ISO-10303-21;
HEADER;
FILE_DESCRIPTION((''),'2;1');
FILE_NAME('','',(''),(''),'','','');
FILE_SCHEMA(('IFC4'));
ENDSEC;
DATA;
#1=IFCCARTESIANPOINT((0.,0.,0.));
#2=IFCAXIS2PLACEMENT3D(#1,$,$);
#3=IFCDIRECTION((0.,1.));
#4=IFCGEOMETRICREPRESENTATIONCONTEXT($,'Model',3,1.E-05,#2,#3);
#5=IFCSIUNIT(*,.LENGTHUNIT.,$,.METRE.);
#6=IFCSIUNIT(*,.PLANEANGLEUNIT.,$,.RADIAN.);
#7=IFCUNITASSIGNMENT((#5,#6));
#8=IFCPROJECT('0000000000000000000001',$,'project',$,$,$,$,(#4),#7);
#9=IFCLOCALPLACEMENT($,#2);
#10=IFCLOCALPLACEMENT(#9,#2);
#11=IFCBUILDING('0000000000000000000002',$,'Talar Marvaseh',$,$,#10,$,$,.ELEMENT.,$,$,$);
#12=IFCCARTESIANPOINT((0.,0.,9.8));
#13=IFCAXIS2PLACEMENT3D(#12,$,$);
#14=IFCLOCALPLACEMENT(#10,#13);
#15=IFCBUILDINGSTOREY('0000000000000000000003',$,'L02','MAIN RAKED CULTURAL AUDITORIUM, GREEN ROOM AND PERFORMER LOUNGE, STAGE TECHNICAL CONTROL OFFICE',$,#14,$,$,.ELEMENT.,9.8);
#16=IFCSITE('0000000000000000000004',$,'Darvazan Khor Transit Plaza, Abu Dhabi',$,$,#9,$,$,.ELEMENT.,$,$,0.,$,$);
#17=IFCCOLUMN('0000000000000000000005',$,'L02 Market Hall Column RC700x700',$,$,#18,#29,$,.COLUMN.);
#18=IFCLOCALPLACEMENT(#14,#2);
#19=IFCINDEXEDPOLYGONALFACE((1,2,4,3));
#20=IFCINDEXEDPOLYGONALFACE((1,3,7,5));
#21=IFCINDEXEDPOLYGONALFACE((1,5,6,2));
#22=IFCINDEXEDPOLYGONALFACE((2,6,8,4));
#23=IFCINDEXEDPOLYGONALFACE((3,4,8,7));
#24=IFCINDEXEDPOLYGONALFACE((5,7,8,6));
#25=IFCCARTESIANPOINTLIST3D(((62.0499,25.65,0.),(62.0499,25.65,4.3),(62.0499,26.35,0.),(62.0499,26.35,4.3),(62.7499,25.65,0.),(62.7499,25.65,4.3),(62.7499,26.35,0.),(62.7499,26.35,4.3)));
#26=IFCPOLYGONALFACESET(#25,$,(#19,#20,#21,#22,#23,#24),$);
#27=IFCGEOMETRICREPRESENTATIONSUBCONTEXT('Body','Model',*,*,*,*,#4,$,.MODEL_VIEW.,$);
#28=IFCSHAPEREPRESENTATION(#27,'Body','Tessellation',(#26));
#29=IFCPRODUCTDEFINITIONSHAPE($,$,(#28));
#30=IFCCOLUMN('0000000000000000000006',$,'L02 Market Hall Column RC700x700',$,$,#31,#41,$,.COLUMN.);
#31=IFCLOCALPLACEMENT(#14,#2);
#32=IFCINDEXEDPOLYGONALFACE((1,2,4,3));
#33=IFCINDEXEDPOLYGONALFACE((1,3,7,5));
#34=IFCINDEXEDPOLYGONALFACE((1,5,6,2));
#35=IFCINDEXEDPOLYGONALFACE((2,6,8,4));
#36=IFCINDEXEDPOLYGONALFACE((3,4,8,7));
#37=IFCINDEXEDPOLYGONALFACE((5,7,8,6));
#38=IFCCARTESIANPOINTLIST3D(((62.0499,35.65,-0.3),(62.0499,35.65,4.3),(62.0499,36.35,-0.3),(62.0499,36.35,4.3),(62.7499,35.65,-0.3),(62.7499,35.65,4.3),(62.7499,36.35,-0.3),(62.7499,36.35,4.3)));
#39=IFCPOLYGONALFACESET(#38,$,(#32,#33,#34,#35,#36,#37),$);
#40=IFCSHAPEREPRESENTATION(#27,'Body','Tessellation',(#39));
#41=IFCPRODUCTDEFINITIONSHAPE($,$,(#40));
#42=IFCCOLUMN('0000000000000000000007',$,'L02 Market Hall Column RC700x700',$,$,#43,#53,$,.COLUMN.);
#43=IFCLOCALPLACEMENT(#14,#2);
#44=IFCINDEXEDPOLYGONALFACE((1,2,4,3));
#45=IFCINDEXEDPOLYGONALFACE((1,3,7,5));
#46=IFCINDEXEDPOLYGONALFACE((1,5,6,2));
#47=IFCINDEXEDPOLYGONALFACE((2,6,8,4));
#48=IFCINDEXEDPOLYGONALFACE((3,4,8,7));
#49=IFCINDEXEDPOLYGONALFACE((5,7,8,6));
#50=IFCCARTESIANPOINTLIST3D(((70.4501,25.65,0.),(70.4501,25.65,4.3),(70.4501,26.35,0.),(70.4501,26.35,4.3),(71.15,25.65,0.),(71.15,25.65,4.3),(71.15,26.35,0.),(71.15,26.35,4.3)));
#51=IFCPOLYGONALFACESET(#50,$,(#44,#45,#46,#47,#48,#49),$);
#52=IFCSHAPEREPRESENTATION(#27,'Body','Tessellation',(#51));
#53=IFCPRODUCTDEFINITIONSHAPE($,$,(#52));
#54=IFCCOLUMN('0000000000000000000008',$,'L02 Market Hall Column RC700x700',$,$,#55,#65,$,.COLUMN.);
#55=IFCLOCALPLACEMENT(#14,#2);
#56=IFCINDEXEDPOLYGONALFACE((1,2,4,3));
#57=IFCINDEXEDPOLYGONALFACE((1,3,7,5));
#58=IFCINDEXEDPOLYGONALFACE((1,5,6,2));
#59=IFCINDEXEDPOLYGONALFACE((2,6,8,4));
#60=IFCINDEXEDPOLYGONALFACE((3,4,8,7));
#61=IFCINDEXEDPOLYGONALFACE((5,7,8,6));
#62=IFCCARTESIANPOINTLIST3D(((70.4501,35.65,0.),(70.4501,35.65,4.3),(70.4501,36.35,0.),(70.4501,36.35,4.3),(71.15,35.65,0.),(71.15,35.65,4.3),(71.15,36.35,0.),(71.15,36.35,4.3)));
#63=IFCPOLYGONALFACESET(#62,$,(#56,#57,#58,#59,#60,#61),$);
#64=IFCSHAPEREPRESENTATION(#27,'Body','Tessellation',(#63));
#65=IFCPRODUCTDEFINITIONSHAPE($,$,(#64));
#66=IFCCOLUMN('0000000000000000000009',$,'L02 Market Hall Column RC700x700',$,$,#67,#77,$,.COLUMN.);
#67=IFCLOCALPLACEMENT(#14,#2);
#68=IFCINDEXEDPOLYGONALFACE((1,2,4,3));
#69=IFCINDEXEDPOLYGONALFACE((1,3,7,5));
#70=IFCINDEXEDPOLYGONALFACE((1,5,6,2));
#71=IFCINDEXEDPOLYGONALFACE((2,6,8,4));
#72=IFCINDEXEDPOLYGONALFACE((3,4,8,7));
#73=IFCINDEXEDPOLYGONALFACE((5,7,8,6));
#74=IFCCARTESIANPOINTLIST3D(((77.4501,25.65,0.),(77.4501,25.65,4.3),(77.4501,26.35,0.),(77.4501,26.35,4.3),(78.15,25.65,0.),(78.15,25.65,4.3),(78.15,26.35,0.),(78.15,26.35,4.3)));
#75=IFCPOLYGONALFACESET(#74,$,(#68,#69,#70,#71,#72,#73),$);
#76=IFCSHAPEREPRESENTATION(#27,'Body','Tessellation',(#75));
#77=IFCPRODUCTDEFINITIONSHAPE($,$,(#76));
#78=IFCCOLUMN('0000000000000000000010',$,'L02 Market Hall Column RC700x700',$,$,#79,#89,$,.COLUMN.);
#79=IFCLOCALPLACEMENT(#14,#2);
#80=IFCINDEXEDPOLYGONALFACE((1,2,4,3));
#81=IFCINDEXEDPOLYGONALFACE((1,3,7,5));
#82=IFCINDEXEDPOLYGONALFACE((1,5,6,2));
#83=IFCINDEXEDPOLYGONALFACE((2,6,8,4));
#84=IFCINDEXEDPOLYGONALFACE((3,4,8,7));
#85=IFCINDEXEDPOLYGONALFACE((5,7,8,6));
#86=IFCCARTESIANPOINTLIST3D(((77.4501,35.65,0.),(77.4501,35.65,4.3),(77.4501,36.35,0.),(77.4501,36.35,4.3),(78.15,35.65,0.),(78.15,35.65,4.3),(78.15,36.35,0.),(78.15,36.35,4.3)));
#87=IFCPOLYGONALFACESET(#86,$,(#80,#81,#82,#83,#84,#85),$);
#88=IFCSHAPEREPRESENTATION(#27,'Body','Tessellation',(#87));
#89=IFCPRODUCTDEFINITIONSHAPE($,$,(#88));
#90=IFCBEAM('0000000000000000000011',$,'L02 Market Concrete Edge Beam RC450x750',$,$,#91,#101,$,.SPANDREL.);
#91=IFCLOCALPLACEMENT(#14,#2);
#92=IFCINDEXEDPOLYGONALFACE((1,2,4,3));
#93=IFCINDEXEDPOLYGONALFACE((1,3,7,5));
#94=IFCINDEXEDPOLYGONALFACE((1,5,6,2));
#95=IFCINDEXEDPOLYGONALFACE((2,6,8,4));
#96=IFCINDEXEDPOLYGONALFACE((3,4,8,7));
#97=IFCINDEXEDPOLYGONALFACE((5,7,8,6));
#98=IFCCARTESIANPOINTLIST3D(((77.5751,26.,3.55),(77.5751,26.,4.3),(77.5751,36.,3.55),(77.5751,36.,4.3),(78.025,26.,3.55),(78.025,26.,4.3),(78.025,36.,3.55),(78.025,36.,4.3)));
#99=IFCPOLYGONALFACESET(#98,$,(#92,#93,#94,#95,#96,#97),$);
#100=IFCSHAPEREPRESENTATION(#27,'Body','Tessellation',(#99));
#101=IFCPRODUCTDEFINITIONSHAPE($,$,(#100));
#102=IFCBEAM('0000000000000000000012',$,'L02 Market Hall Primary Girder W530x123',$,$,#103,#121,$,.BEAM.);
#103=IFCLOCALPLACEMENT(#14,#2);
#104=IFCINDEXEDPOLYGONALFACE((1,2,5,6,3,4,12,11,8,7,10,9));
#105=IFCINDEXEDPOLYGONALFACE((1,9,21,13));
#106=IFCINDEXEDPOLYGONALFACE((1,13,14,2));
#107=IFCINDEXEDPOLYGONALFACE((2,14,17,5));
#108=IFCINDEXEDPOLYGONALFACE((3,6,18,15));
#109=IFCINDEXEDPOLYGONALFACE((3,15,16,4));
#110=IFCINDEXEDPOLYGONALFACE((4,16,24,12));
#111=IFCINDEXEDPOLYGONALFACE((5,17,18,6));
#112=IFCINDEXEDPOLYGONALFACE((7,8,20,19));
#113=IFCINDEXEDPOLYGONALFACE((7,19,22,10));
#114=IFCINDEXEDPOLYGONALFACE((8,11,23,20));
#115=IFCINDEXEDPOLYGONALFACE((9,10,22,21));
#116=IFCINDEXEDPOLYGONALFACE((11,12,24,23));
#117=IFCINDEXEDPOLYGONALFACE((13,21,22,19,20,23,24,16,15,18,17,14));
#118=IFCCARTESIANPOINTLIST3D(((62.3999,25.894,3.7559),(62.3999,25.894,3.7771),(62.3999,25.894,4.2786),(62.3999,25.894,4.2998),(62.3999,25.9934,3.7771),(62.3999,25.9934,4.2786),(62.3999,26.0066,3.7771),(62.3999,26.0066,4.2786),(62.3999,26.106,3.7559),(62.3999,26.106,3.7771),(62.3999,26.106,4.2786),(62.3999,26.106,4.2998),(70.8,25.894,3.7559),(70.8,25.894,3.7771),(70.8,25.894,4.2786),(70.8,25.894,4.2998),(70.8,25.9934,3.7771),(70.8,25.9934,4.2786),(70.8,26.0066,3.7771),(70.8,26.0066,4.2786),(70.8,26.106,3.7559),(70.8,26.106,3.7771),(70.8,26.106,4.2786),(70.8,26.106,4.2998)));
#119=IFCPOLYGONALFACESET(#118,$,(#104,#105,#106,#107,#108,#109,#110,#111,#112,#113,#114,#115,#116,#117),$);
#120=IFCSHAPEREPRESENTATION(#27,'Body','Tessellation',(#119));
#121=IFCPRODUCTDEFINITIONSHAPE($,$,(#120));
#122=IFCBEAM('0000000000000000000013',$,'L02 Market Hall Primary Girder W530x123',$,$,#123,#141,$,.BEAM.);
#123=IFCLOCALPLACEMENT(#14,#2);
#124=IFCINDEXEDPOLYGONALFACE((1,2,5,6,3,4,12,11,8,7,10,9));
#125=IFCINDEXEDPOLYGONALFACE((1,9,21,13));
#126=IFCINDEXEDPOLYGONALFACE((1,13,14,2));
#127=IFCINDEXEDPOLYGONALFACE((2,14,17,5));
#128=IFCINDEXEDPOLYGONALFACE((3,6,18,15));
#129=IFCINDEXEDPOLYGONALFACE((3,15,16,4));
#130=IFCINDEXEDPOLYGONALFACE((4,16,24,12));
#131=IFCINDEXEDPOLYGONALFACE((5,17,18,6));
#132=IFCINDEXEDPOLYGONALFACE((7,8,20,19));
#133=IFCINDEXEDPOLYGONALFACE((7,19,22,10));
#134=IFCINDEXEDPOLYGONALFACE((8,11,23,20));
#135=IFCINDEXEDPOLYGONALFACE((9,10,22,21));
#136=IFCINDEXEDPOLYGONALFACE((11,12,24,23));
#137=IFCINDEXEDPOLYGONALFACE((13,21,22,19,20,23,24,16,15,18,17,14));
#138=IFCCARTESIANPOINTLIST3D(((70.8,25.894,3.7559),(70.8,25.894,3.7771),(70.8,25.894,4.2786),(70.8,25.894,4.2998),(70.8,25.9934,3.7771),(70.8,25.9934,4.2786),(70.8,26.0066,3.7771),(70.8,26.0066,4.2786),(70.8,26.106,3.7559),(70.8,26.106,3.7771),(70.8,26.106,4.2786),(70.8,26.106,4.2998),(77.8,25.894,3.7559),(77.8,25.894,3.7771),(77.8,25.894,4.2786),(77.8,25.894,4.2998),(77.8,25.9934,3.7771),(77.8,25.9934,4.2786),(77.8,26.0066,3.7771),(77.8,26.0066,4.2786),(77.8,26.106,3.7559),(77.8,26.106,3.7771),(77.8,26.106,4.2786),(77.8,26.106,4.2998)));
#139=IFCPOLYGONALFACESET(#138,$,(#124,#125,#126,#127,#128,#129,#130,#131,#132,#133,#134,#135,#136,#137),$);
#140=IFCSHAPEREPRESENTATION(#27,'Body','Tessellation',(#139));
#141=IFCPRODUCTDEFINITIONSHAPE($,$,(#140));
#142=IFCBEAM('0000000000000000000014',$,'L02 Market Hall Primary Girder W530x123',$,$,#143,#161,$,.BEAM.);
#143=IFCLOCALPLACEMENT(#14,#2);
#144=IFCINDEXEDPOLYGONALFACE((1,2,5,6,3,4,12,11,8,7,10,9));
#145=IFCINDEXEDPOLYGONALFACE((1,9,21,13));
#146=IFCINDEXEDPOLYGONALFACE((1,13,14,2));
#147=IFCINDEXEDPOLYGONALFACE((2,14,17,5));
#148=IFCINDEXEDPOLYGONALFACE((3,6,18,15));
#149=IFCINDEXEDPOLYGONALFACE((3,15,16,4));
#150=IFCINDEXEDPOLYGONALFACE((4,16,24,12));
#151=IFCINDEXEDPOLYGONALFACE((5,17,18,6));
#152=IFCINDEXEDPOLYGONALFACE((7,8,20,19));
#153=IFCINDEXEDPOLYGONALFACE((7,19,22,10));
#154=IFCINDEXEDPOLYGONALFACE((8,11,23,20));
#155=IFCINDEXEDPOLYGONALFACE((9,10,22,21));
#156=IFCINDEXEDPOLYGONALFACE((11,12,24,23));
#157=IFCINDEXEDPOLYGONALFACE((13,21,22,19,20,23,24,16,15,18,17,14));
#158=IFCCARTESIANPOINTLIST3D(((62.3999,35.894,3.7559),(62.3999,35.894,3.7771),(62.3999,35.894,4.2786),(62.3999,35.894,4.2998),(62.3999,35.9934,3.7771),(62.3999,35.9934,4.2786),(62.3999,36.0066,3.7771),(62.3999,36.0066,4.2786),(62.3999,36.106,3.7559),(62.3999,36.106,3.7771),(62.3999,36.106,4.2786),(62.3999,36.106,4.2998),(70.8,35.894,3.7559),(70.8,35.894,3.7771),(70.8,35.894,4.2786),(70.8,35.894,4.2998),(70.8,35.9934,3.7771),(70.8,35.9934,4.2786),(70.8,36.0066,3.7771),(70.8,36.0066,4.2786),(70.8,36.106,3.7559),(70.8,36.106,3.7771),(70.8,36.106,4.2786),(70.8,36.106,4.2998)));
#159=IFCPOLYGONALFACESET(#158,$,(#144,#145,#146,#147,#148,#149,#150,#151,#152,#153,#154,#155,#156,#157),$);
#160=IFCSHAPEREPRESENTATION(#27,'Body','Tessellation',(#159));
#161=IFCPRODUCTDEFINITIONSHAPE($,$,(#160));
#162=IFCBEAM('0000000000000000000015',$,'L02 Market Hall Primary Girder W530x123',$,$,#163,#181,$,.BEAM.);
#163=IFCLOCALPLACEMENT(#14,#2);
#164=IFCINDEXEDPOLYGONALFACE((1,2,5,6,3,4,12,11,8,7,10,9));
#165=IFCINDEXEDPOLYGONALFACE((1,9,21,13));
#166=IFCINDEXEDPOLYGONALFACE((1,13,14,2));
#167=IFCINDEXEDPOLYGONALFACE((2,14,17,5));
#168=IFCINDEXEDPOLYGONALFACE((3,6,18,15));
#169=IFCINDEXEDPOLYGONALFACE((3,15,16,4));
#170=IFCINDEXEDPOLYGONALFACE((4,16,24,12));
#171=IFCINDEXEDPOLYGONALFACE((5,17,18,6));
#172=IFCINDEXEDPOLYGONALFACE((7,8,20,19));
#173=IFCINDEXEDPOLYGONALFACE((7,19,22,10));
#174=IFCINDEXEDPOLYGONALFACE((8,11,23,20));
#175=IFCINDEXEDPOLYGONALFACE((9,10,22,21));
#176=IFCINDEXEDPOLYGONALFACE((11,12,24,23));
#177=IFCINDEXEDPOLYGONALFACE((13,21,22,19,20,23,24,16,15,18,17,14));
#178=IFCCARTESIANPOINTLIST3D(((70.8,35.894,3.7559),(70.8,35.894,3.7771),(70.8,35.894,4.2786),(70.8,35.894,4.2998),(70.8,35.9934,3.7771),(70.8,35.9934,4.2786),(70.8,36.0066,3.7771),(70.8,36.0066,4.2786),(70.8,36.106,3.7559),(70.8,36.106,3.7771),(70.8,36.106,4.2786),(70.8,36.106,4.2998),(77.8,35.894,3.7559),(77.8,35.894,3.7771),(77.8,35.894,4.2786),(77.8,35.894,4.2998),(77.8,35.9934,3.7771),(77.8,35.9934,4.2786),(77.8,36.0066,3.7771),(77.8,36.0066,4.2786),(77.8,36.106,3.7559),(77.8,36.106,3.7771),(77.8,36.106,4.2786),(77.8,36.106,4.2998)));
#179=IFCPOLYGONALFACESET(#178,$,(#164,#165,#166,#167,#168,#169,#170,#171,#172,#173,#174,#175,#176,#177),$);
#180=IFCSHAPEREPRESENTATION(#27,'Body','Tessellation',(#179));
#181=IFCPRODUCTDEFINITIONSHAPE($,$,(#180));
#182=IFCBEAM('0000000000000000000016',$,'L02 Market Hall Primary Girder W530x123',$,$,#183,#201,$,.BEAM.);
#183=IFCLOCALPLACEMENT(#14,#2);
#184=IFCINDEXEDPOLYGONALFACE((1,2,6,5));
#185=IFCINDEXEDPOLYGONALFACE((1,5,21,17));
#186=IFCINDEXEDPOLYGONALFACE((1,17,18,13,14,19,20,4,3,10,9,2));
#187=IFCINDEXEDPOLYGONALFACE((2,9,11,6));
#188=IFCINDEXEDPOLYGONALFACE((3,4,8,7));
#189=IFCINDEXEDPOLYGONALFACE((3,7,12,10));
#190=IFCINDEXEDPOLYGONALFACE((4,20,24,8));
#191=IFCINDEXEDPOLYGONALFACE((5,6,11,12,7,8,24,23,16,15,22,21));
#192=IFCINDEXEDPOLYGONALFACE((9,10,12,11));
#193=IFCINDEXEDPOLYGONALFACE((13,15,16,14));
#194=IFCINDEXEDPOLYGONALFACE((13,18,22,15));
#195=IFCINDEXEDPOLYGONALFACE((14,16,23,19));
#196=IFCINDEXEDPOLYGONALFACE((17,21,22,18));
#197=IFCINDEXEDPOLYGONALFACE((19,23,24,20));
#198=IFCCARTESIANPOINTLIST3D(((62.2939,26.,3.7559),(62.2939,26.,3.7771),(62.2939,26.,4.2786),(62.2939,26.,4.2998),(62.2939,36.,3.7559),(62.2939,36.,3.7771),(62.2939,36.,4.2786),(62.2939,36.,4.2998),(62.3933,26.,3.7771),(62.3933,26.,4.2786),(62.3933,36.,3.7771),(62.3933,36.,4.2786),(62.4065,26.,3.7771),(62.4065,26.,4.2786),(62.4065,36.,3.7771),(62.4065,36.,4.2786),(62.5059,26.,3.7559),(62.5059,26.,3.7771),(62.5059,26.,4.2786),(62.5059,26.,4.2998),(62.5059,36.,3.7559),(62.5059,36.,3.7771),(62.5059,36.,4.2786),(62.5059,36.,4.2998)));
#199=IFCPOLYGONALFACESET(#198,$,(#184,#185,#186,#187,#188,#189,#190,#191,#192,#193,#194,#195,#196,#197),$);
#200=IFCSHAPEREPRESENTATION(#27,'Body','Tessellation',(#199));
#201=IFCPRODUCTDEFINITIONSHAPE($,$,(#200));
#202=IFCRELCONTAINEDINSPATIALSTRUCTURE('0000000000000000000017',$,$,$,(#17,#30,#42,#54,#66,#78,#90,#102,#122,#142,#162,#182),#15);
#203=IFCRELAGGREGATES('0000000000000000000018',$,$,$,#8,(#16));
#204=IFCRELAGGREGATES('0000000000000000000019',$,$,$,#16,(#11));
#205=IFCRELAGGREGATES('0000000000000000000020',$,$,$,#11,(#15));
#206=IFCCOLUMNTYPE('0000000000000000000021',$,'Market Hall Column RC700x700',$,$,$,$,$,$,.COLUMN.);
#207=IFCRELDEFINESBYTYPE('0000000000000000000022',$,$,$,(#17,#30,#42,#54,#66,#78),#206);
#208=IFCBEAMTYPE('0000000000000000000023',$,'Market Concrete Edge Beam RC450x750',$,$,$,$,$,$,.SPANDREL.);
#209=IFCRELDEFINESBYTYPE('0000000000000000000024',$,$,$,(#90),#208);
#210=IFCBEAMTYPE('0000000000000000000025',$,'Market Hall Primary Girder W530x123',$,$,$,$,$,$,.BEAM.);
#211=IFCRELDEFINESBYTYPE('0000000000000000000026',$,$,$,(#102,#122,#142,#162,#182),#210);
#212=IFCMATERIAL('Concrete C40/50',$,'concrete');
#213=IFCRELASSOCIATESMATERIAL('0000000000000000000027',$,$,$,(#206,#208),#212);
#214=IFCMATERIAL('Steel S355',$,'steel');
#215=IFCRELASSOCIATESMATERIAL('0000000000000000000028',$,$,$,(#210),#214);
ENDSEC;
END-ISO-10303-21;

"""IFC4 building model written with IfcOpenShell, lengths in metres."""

from ifc_helpers import new_model, si_unit, direction, frame, origin, origin_2d, place, context, subcontext, project, spatial, rectangle, i_section, extrude, material, material_profile, profile_set, type_object, element, save


model = new_model("IFC4")

# Units and contexts
model_context = context("Model", 3, precision=1e-05, world=origin(), true_north=direction((0.0, 1.0)))
body_context = subcontext(model_context, "Body", "Model", "MODEL_VIEW")
ifc_project = project(units=[si_unit("LENGTHUNIT", "METRE"), si_unit("PLANEANGLEUNIT", "RADIAN")], contexts=[model_context])

# Site, building, storey
site_placement = place(None, origin())
site = spatial("IfcSite", under=ifc_project, at=site_placement, Name="Darvazan Khor Transit Plaza, Abu Dhabi", CompositionType="ELEMENT", RefElevation=0.0)
building_placement = place(site_placement, origin())
building = spatial("IfcBuilding", under=site, at=building_placement, Name="Talar Marvaseh", CompositionType="ELEMENT")
storey_placement = place(building_placement, frame((0.0, 0.0, 9.8)))
storey = spatial("IfcBuildingStorey", under=building, at=storey_placement, Name="L02", Description="MAIN RAKED CULTURAL AUDITORIUM, GREEN ROOM AND PERFORMER LOUNGE, STAGE TECHNICAL CONTROL OFFICE", CompositionType="ELEMENT", Elevation=9.8)

# Columns
ifc_material_1 = material(Name="Concrete C40/50", Category="concrete")
ifc_material_profile_1 = material_profile(ifc_material_1, rectangle(XDim=0.7, YDim=0.7, at=origin_2d()), Name="RC700x700")
ifc_profile_set_1 = profile_set([ifc_material_profile_1], Name="Concrete C40/50")
column_type = type_object("IfcColumnType", Name="Market Hall Column RC700x700", PredefinedType="COLUMN", material=ifc_profile_set_1)
column_1_placement = place(storey_placement, frame((62.3999, 26.0, 0.0), z_axis=(0.0, 0.0, 1.0), x_axis=(1.0, 0.0, 0.0)))
element("IfcColumn", 1, at=column_1_placement, inside=storey, type_object=column_type, Name="L02 Market Hall Column RC700x700", PredefinedType="COLUMN", context=body_context, shape_type="SweptSolid", body=[
    extrude(rectangle(XDim=0.7, YDim=0.7, at=origin_2d()), origin(), (0.0, 0.0, 1.0), 4.3),
])
column_2_placement = place(storey_placement, frame((62.3999, 36.0, -0.3), z_axis=(0.0, 0.0, 1.0), x_axis=(1.0, 0.0, 0.0)))
element("IfcColumn", 2, at=column_2_placement, inside=storey, type_object=column_type, Name="L02 Market Hall Column RC700x700", PredefinedType="COLUMN", context=body_context, shape_type="SweptSolid", body=[
    extrude(rectangle(XDim=0.7, YDim=0.7, at=origin_2d()), origin(), (0.0, 0.0, 1.0), 4.6001),
])
for number, where, z_axis, x_axis, name in (
    (3, (70.8, 26.0, 0.0), (0.0, 0.0, 1.0), (1.0, 0.0, 0.0), "L02 Market Hall Column RC700x700"),
    (4, (70.8, 36.0, 0.0), (0.0, 0.0, 1.0), (1.0, 0.0, 0.0), "L02 Market Hall Column RC700x700"),
    (5, (77.8, 26.0, 0.0), (0.0, 0.0, 1.0), (1.0, 0.0, 0.0), "L02 Market Hall Column RC700x700"),
    (6, (77.8, 36.0, 0.0), (0.0, 0.0, 1.0), (1.0, 0.0, 0.0), "L02 Market Hall Column RC700x700"),
):
    element("IfcColumn", number, at=place(storey_placement, frame(where, z_axis=z_axis, x_axis=x_axis)), inside=storey, type_object=column_type, Name=name, PredefinedType="COLUMN", context=body_context, shape_type="SweptSolid", body=[
        extrude(rectangle(XDim=0.7, YDim=0.7, at=origin_2d()), origin(), (0.0, 0.0, 1.0), 4.3),
    ])

# Beams
ifc_material_profile_2 = material_profile(ifc_material_1, rectangle(XDim=0.45, YDim=0.75, at=origin_2d()), Name="RC450x750")
ifc_profile_set_2 = profile_set([ifc_material_profile_2], Name="Concrete C40/50")
beam_type_1 = type_object("IfcBeamType", Name="Market Concrete Edge Beam RC450x750", PredefinedType="SPANDREL", material=ifc_profile_set_2)
beam_1_placement = place(storey_placement, frame((77.8, 26.0, 3.925), z_axis=(0.0, 1.0, 0.0), x_axis=(-1.0, 0.0, 0.0)))
element("IfcBeam", 7, at=beam_1_placement, inside=storey, type_object=beam_type_1, Name="L02 Market Concrete Edge Beam RC450x750", PredefinedType="SPANDREL", context=body_context, shape_type="SweptSolid", body=[
    extrude(rectangle(XDim=0.45, YDim=0.75, at=origin_2d()), origin(), (0.0, 0.0, 1.0), 10.0),
])
ifc_material_2 = material(Name="Steel S355", Category="steel")
ifc_material_profile_3 = material_profile(ifc_material_2, i_section(OverallWidth=0.2119, OverallDepth=0.5439, WebThickness=0.0132, FlangeThickness=0.0212, at=origin_2d()), Name="W530x123")
ifc_profile_set_3 = profile_set([ifc_material_profile_3], Name="Steel S355")
beam_type_2 = type_object("IfcBeamType", Name="Market Hall Primary Girder W530x123", PredefinedType="BEAM", material=ifc_profile_set_3)
beam_2_placement = place(storey_placement, frame((62.3999, 26.0, 4.0278), z_axis=(1.0, 0.0, 0.0), x_axis=(0.0, 1.0, 0.0)))
element("IfcBeam", 8, at=beam_2_placement, inside=storey, type_object=beam_type_2, Name="L02 Market Hall Primary Girder W530x123", PredefinedType="BEAM", context=body_context, shape_type="SweptSolid", body=[
    extrude(i_section(OverallWidth=0.2119, OverallDepth=0.5439, WebThickness=0.0132, FlangeThickness=0.0212, at=origin_2d()), origin(), (0.0, 0.0, 1.0), 8.4001),
])
beam_3_placement = place(storey_placement, frame((70.8, 26.0, 4.0278), z_axis=(1.0, 0.0, 0.0), x_axis=(0.0, 1.0, 0.0)))
element("IfcBeam", 9, at=beam_3_placement, inside=storey, type_object=beam_type_2, Name="L02 Market Hall Primary Girder W530x123", PredefinedType="BEAM", context=body_context, shape_type="SweptSolid", body=[
    extrude(i_section(OverallWidth=0.2119, OverallDepth=0.5439, WebThickness=0.0132, FlangeThickness=0.0212, at=origin_2d()), origin(), (0.0, 0.0, 1.0), 7.0),
])
beam_4_placement = place(storey_placement, frame((62.3999, 36.0, 4.0278), z_axis=(1.0, 0.0, 0.0), x_axis=(0.0, 1.0, 0.0)))
element("IfcBeam", 10, at=beam_4_placement, inside=storey, type_object=beam_type_2, Name="L02 Market Hall Primary Girder W530x123", PredefinedType="BEAM", context=body_context, shape_type="SweptSolid", body=[
    extrude(i_section(OverallWidth=0.2119, OverallDepth=0.5439, WebThickness=0.0132, FlangeThickness=0.0212, at=origin_2d()), origin(), (0.0, 0.0, 1.0), 8.4001),
])
beam_5_placement = place(storey_placement, frame((70.8, 36.0, 4.0278), z_axis=(1.0, 0.0, 0.0), x_axis=(0.0, 1.0, 0.0)))
element("IfcBeam", 11, at=beam_5_placement, inside=storey, type_object=beam_type_2, Name="L02 Market Hall Primary Girder W530x123", PredefinedType="BEAM", context=body_context, shape_type="SweptSolid", body=[
    extrude(i_section(OverallWidth=0.2119, OverallDepth=0.5439, WebThickness=0.0132, FlangeThickness=0.0212, at=origin_2d()), origin(), (0.0, 0.0, 1.0), 7.0),
])
beam_6_placement = place(storey_placement, frame((62.3999, 26.0, 4.0278), z_axis=(0.0, 1.0, 0.0), x_axis=(-1.0, 0.0, 0.0)))
element("IfcBeam", 12, at=beam_6_placement, inside=storey, type_object=beam_type_2, Name="L02 Market Hall Primary Girder W530x123", PredefinedType="BEAM", context=body_context, shape_type="SweptSolid", body=[
    extrude(i_section(OverallWidth=0.2119, OverallDepth=0.5439, WebThickness=0.0132, FlangeThickness=0.0212, at=origin_2d()), origin(), (0.0, 0.0, 1.0), 10.0),
])

save(model, "model.ifc")
